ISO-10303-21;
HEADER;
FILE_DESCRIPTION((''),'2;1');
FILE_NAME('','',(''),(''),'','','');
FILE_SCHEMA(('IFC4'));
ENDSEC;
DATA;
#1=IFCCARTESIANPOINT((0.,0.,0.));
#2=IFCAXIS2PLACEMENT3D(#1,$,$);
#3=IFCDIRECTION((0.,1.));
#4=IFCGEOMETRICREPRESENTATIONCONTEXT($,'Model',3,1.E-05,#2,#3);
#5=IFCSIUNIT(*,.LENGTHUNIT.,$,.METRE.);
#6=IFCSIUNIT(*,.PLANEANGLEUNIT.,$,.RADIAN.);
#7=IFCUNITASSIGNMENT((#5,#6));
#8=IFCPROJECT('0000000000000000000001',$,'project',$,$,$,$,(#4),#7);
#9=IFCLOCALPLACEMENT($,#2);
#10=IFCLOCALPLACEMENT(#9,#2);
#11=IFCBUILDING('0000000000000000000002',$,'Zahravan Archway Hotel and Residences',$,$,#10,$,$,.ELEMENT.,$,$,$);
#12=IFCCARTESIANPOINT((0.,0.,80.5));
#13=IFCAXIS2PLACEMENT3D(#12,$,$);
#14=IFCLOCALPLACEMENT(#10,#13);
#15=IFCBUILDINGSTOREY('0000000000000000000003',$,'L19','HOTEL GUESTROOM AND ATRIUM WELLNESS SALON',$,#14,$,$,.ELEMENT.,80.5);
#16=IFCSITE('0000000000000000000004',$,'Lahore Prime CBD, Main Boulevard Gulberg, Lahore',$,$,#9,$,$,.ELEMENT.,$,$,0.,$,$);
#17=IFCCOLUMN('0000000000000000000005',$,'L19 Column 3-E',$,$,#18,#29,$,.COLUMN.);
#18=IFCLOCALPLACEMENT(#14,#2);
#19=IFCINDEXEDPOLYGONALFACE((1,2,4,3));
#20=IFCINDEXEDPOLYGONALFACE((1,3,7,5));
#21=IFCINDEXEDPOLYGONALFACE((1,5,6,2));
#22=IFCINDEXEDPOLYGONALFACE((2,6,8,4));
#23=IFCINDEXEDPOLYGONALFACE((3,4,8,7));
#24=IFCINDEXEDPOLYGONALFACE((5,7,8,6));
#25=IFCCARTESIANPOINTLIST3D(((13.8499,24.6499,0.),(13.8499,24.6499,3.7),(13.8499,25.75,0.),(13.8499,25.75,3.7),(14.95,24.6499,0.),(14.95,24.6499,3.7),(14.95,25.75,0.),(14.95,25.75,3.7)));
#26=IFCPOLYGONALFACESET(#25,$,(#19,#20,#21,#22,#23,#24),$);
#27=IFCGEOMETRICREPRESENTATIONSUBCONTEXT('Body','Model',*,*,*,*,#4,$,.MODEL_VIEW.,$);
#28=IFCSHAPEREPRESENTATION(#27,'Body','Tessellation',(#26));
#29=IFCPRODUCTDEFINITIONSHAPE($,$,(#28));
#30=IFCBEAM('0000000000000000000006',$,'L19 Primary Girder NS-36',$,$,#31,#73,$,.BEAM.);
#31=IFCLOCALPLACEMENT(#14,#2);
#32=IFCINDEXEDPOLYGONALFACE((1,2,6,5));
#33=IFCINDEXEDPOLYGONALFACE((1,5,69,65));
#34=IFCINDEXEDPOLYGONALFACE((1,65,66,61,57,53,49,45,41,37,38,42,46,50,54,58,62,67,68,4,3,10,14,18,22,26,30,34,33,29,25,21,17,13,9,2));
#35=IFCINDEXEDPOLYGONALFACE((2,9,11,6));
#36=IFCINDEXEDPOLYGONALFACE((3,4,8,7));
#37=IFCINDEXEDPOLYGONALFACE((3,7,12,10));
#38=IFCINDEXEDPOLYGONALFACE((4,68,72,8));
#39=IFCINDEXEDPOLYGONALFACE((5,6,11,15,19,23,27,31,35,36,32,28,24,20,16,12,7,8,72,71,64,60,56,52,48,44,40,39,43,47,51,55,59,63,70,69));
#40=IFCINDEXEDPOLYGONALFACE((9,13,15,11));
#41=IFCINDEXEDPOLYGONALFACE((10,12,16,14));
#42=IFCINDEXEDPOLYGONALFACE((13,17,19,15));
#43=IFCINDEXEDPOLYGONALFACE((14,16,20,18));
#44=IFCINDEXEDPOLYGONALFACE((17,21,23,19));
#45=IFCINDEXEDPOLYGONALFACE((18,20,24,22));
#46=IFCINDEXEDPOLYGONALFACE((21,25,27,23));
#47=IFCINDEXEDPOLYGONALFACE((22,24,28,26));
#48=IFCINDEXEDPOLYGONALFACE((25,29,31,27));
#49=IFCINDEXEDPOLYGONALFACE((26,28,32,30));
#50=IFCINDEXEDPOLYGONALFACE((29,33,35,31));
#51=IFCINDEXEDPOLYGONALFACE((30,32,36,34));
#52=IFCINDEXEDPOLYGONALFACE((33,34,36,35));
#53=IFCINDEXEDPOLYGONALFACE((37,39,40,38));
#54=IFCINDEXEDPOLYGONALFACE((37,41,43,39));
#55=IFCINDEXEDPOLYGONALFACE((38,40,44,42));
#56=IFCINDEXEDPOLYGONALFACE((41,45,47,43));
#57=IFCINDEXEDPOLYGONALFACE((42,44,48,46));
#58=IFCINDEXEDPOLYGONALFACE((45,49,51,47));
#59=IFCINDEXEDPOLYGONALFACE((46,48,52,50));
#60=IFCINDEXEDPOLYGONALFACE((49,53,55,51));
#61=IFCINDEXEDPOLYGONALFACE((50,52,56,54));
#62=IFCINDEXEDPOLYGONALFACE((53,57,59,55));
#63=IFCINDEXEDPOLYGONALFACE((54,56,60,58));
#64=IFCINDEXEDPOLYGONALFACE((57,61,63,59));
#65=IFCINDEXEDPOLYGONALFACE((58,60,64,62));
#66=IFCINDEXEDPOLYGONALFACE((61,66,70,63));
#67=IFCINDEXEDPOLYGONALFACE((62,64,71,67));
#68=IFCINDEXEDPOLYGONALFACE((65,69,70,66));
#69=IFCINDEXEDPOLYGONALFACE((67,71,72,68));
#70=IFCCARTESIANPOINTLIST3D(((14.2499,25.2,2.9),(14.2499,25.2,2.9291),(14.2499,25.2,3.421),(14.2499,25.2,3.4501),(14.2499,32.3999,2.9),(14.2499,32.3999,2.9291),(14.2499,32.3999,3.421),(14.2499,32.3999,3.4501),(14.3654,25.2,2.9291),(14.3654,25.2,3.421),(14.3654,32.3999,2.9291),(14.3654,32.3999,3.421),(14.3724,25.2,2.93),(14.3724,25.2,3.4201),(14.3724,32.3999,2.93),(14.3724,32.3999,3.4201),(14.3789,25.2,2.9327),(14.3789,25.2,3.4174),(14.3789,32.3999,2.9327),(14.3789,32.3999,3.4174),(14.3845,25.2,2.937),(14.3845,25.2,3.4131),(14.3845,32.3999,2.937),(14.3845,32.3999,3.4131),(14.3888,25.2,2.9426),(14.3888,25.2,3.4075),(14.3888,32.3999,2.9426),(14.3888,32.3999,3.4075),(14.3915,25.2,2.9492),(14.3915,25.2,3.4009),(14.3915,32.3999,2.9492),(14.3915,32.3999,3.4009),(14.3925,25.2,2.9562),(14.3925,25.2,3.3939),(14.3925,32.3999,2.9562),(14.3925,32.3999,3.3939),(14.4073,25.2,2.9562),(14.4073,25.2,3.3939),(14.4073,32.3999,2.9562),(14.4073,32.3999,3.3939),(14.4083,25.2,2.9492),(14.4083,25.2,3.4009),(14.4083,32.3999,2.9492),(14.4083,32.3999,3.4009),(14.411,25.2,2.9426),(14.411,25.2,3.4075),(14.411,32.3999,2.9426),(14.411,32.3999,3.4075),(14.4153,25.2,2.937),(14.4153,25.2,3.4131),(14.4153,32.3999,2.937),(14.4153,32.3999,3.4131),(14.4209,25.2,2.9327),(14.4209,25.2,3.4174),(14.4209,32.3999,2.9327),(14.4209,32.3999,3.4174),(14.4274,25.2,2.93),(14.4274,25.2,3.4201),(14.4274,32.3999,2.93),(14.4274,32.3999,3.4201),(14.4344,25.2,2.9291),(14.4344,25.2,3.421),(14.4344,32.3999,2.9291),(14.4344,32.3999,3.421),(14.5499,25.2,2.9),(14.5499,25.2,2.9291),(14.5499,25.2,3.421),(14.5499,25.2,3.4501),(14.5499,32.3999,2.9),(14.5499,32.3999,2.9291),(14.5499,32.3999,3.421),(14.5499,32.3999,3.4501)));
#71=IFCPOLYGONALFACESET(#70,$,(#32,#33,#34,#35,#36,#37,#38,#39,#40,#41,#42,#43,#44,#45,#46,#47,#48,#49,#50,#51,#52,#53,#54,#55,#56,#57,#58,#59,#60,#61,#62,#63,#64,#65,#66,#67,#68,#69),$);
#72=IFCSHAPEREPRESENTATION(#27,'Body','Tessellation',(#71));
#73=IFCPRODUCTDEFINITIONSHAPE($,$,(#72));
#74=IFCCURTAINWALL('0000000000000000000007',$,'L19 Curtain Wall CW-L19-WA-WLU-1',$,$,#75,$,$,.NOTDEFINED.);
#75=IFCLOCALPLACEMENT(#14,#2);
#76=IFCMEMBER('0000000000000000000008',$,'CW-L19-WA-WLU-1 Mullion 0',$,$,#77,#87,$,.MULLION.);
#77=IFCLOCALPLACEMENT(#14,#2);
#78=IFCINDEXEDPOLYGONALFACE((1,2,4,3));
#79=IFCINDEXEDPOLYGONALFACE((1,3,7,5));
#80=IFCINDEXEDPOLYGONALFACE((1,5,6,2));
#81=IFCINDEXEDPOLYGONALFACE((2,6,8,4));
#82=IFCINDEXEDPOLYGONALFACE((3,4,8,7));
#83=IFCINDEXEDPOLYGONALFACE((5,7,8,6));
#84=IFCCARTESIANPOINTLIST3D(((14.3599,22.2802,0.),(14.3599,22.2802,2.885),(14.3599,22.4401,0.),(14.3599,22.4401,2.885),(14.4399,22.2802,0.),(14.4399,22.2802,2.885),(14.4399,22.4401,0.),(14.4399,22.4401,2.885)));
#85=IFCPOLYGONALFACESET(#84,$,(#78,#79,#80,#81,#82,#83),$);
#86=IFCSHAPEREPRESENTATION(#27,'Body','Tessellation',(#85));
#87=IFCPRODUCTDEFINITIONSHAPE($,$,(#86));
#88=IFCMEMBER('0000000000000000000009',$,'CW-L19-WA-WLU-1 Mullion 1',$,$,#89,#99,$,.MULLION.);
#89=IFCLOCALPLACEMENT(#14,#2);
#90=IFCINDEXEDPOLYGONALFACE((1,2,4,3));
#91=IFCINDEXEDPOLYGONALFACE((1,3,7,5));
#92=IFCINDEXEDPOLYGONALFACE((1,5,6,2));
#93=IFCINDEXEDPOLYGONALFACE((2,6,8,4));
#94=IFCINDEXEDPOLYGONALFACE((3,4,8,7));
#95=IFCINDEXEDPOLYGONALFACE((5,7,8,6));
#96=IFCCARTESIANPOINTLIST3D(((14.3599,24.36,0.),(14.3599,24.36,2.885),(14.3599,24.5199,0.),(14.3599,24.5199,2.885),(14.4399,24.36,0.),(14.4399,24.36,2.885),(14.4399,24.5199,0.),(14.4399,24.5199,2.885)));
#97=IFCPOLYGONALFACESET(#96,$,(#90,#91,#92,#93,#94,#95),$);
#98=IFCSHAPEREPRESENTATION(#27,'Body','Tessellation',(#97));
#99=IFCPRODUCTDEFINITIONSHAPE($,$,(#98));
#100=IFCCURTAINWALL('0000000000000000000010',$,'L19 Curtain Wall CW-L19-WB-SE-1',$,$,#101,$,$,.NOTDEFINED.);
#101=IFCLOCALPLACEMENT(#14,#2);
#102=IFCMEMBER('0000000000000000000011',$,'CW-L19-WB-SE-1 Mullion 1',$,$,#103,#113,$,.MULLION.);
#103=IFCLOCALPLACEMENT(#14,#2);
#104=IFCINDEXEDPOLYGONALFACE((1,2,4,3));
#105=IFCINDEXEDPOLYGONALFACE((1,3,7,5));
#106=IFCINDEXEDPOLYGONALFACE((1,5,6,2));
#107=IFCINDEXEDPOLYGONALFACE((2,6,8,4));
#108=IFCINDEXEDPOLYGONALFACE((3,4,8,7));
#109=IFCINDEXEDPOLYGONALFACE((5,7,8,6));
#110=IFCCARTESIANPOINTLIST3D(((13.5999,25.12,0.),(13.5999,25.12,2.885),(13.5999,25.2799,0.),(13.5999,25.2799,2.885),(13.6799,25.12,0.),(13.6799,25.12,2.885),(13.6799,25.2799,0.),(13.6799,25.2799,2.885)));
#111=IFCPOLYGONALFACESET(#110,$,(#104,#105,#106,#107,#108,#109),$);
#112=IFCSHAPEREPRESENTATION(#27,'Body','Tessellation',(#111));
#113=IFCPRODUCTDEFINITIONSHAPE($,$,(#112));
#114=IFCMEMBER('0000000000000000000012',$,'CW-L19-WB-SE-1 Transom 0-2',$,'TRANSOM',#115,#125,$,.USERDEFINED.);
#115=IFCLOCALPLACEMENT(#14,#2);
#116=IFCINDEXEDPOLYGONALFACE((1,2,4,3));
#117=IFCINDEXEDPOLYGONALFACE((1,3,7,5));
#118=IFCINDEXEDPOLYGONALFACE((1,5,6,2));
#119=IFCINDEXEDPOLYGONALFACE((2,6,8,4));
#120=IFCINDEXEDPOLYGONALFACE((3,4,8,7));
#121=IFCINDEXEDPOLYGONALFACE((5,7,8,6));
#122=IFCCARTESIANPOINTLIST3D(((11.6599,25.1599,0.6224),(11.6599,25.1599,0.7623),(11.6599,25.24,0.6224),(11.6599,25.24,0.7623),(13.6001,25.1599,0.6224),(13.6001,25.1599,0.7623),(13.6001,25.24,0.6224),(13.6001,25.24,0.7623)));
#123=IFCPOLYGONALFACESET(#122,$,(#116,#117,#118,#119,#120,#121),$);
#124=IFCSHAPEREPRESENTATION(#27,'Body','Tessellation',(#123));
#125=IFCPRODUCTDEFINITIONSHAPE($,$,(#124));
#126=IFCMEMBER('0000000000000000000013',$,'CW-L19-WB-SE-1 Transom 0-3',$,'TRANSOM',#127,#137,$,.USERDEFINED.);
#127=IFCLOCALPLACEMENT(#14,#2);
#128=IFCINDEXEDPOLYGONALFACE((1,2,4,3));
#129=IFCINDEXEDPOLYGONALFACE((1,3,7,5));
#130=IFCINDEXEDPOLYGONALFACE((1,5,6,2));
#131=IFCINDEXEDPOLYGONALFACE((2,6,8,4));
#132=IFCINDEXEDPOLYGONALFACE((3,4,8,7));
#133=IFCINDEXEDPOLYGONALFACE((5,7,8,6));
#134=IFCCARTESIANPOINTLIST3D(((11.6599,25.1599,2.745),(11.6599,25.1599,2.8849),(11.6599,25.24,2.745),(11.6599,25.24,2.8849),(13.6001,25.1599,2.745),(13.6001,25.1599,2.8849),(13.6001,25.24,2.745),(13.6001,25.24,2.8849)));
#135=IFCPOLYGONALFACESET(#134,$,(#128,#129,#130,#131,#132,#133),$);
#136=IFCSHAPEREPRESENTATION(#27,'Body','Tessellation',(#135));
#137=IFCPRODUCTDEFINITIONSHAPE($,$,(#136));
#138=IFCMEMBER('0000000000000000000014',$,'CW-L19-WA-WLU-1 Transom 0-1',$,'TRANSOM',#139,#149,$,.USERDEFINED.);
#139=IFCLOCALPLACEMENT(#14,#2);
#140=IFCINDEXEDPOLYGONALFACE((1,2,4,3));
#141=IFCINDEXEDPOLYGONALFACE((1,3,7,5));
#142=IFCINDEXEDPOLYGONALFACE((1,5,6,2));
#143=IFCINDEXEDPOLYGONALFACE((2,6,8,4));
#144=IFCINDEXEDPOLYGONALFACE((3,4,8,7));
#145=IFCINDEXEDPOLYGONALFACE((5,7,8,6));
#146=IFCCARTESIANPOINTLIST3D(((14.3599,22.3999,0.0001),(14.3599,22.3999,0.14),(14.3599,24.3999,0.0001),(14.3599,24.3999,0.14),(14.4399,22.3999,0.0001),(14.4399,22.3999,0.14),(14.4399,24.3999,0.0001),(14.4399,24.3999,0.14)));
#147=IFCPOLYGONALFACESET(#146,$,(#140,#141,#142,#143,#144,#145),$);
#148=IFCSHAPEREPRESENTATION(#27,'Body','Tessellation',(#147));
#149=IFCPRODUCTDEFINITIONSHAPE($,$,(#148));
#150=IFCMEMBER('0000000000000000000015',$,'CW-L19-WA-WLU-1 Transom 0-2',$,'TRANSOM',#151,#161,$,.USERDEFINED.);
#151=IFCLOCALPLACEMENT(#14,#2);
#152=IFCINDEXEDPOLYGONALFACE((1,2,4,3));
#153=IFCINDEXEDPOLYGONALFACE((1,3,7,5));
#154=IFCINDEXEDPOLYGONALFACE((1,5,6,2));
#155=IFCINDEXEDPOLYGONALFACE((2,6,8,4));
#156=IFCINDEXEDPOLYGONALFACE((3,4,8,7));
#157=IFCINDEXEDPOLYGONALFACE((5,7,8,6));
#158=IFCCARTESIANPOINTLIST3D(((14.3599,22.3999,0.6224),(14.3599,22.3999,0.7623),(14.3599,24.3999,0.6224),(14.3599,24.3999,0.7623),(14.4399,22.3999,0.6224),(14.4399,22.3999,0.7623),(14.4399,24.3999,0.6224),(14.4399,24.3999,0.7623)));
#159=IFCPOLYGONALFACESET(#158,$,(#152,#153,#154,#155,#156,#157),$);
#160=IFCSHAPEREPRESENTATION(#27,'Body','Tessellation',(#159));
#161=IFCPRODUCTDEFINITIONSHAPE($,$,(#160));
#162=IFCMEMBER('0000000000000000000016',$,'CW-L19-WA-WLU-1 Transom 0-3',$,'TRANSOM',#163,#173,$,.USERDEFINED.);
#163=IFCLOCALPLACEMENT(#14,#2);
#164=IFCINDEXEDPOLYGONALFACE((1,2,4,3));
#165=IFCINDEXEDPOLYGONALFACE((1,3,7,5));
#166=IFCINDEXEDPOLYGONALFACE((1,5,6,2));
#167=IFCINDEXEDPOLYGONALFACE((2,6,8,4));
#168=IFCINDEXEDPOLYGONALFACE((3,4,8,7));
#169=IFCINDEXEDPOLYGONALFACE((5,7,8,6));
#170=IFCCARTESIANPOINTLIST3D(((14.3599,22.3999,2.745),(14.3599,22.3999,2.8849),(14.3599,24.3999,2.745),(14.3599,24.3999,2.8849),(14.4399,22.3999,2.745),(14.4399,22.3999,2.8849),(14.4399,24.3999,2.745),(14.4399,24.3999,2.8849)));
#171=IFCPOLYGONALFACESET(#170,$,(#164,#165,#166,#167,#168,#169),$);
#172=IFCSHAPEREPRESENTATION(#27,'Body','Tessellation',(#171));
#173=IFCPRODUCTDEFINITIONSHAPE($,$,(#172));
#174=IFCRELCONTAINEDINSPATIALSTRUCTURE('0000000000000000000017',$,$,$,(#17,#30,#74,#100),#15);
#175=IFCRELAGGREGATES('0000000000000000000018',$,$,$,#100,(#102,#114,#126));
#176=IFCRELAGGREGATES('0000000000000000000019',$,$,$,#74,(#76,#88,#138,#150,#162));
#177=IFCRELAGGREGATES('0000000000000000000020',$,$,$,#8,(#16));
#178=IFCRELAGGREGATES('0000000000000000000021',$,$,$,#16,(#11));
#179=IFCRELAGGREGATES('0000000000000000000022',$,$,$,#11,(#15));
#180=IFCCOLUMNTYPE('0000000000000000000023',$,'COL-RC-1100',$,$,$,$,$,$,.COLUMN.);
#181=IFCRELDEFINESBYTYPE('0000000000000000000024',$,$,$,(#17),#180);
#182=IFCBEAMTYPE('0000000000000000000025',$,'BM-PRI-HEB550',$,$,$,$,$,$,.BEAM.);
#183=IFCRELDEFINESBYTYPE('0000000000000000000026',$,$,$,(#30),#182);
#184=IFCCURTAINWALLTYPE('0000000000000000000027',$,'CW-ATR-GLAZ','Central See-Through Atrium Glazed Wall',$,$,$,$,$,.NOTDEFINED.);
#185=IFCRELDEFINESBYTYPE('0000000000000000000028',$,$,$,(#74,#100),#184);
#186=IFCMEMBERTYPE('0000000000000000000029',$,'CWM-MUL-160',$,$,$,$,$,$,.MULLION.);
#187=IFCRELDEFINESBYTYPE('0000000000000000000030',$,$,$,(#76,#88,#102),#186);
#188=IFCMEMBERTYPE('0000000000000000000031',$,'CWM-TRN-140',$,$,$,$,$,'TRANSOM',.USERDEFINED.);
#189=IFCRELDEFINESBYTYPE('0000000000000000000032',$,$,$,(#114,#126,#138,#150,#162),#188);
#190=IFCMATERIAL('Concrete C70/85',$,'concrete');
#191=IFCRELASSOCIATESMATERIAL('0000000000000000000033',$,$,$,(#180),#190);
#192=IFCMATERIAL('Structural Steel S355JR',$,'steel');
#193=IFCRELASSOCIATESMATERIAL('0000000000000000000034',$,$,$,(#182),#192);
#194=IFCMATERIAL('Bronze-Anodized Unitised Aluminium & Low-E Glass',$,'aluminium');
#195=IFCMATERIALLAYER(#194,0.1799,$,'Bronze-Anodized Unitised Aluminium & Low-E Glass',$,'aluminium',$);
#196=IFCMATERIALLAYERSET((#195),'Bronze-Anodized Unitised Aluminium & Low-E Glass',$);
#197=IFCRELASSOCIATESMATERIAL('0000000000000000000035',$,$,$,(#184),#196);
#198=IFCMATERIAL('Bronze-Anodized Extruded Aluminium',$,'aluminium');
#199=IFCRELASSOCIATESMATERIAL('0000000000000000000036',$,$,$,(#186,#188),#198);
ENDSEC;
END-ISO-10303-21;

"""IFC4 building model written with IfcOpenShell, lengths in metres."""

from ifc_helpers import new_model, si_unit, direction, frame, origin, origin_2d, place, context, subcontext, project, spatial, rectangle, i_section, extrude, source, transform, mapped, material, layer, layer_set, material_profile, profile_set, type_object, element, aggregate, save


model = new_model("IFC4")

# Units and contexts
model_context = context("Model", 3, precision=1e-05, world=origin(), true_north=direction((0.0, 1.0)))
body_context = subcontext(model_context, "Body", "Model", "MODEL_VIEW")
ifc_project = project(units=[si_unit("LENGTHUNIT", "METRE"), si_unit("PLANEANGLEUNIT", "RADIAN")], contexts=[model_context])

# Site, building, storey
site_placement = place(None, origin())
site = spatial("IfcSite", under=ifc_project, at=site_placement, Name="Lahore Prime CBD, Main Boulevard Gulberg, Lahore", CompositionType="ELEMENT", RefElevation=0.0)
building_placement = place(site_placement, origin())
building = spatial("IfcBuilding", under=site, at=building_placement, Name="Zahravan Archway Hotel and Residences", CompositionType="ELEMENT")
storey_placement = place(building_placement, frame((0.0, 0.0, 80.5)))
storey = spatial("IfcBuildingStorey", under=building, at=storey_placement, Name="L19", Description="HOTEL GUESTROOM AND ATRIUM WELLNESS SALON", CompositionType="ELEMENT", Elevation=80.5)

# Column
ifc_material_1 = material(Name="Concrete C70/85", Category="concrete")
ifc_material_profile_1 = material_profile(ifc_material_1, rectangle(XDim=1.1001, YDim=1.1001, at=origin_2d()), Name="RC 1100x1100", Category="concrete")
ifc_profile_set_1 = profile_set([ifc_material_profile_1], Name="Concrete C70/85")
column_type = type_object("IfcColumnType", Name="COL-RC-1100", PredefinedType="COLUMN", material=ifc_profile_set_1)
shared_shape_1 = source(origin(), body_context, "Body", "SweptSolid", [
    extrude(rectangle(XDim=1.1001, YDim=1.1001, at=origin_2d()), origin(), (0.0, 0.0, 1.0), 3.7),
])
column_placement = place(storey_placement, frame((14.3999, 25.2, 0.0), z_axis=(0.0, 0.0, 1.0), x_axis=(1.0, 0.0, 0.0)))
element("IfcColumn", 1, at=column_placement, inside=storey, type_object=column_type, Name="L19 Column 3-E", PredefinedType="COLUMN", context=body_context, shape_type="MappedRepresentation", body=[
    mapped(shared_shape_1, transform((0.0, 0.0, 0.0), scale=1.0)),
])

# Beam
ifc_material_2 = material(Name="Structural Steel S355JR", Category="steel")
ifc_material_profile_2 = material_profile(ifc_material_2, i_section(OverallWidth=0.3, OverallDepth=0.55, WebThickness=0.0149, FlangeThickness=0.0291, FilletRadius=0.0271, at=origin_2d()), Name="HEB 550", Category="steel")
ifc_profile_set_2 = profile_set([ifc_material_profile_2], Name="Structural Steel S355JR")
beam_type = type_object("IfcBeamType", Name="BM-PRI-HEB550", PredefinedType="BEAM", material=ifc_profile_set_2)
shared_shape_2 = source(origin(), body_context, "Body", "SweptSolid", [
    extrude(i_section(OverallWidth=0.3, OverallDepth=0.55, WebThickness=0.0149, FlangeThickness=0.0291, FilletRadius=0.0271, at=origin_2d()), origin(), (0.0, 0.0, 1.0), 7.2),
])
beam_placement = place(storey_placement, frame((14.3999, 25.2, 3.175), z_axis=(0.0, 1.0, 0.0), x_axis=(-1.0, 0.0, 0.0)))
element("IfcBeam", 2, at=beam_placement, inside=storey, type_object=beam_type, Name="L19 Primary Girder NS-36", PredefinedType="BEAM", context=body_context, shape_type="MappedRepresentation", body=[
    mapped(shared_shape_2, transform((0.0, 0.0, 0.0), scale=1.0)),
])

# Curtain walls, members
ifc_material_3 = material(Name="Bronze-Anodized Unitised Aluminium & Low-E Glass", Category="aluminium")
ifc_layer_1 = layer(ifc_material_3, 0.1799, Name="Bronze-Anodized Unitised Aluminium & Low-E Glass", Category="aluminium")
ifc_layer_set_1 = layer_set([ifc_layer_1], Name="Bronze-Anodized Unitised Aluminium & Low-E Glass")
curtain_wall_type = type_object("IfcCurtainWallType", Name="CW-ATR-GLAZ", Description="Central See-Through Atrium Glazed Wall", PredefinedType="NOTDEFINED", material=ifc_layer_set_1)
curtain_wall_1_placement = place(storey_placement, origin())
curtain_wall_1 = element("IfcCurtainWall", 3, at=curtain_wall_1_placement, inside=storey, type_object=curtain_wall_type, Name="L19 Curtain Wall CW-L19-WA-WLU-1", PredefinedType="NOTDEFINED")
ifc_material_4 = material(Name="Bronze-Anodized Extruded Aluminium", Category="aluminium")
ifc_material_profile_3 = material_profile(ifc_material_4, rectangle(XDim=0.0801, YDim=0.1599, at=origin_2d()), Name="MUL 80x160", Category="aluminium")
ifc_profile_set_3 = profile_set([ifc_material_profile_3], Name="Bronze-Anodized Extruded Aluminium")
member_type_1 = type_object("IfcMemberType", Name="CWM-MUL-160", PredefinedType="MULLION", material=ifc_profile_set_3)
shared_shape_3 = source(origin(), body_context, "Body", "SweptSolid", [
    extrude(rectangle(XDim=0.0801, YDim=0.1599, at=origin_2d()), origin(), (0.0, 0.0, 1.0), 2.885),
])
member_1_placement = place(storey_placement, frame((14.3999, 22.3601, 0.0), z_axis=(0.0, 0.0, 1.0), x_axis=(1.0, 0.0, 0.0)))
member_1 = element("IfcMember", 4, at=member_1_placement, type_object=member_type_1, Name="CW-L19-WA-WLU-1 Mullion 0", PredefinedType="MULLION", context=body_context, shape_type="MappedRepresentation", body=[
    mapped(shared_shape_3, transform((0.0, 0.0, 0.0), scale=1.0)),
])
member_2_placement = place(storey_placement, frame((14.3999, 24.4399, 0.0), z_axis=(0.0, 0.0, 1.0), x_axis=(1.0, 0.0, 0.0)))
member_2 = element("IfcMember", 5, at=member_2_placement, type_object=member_type_1, Name="CW-L19-WA-WLU-1 Mullion 1", PredefinedType="MULLION", context=body_context, shape_type="MappedRepresentation", body=[
    mapped(shared_shape_3, transform((0.0, 0.0, 0.0), scale=1.0)),
])
curtain_wall_2_placement = place(storey_placement, origin())
curtain_wall_2 = element("IfcCurtainWall", 6, at=curtain_wall_2_placement, inside=storey, type_object=curtain_wall_type, Name="L19 Curtain Wall CW-L19-WB-SE-1", PredefinedType="NOTDEFINED")
member_3_placement = place(storey_placement, frame((13.6399, 25.2, 0.0), z_axis=(0.0, 0.0, 1.0), x_axis=(1.0, 0.0, 0.0)))
member_3 = element("IfcMember", 7, at=member_3_placement, type_object=member_type_1, Name="CW-L19-WB-SE-1 Mullion 1", PredefinedType="MULLION", context=body_context, shape_type="MappedRepresentation", body=[
    mapped(shared_shape_3, transform((0.0, 0.0, 0.0), scale=1.0)),
])
ifc_material_profile_4 = material_profile(ifc_material_4, rectangle(XDim=0.0801, YDim=0.1399, at=origin_2d()), Name="TRN 80x140", Category="aluminium")
ifc_profile_set_4 = profile_set([ifc_material_profile_4], Name="Bronze-Anodized Extruded Aluminium")
member_type_2 = type_object("IfcMemberType", Name="CWM-TRN-140", ElementType="TRANSOM", PredefinedType="USERDEFINED", material=ifc_profile_set_4)
shared_shape_4 = source(origin(), body_context, "Body", "SweptSolid", [
    extrude(rectangle(XDim=0.0801, YDim=0.1399, at=origin_2d()), origin(), (0.0, 0.0, 1.0), 1.9402),
])
member_4_placement = place(storey_placement, frame((11.6599, 25.2, 0.6924), z_axis=(1.0, 0.0, 0.0), x_axis=(0.0, 1.0, 0.0)))
member_4 = element("IfcMember", 8, at=member_4_placement, type_object=member_type_2, Name="CW-L19-WB-SE-1 Transom 0-2", ObjectType="TRANSOM", PredefinedType="USERDEFINED", context=body_context, shape_type="MappedRepresentation", body=[
    mapped(shared_shape_4, transform((0.0, 0.0, 0.0), scale=1.0)),
])
member_5_placement = place(storey_placement, frame((11.6599, 25.2, 2.8149), z_axis=(1.0, 0.0, 0.0), x_axis=(0.0, 1.0, 0.0)))
member_5 = element("IfcMember", 9, at=member_5_placement, type_object=member_type_2, Name="CW-L19-WB-SE-1 Transom 0-3", ObjectType="TRANSOM", PredefinedType="USERDEFINED", context=body_context, shape_type="MappedRepresentation", body=[
    mapped(shared_shape_4, transform((0.0, 0.0, 0.0), scale=1.0)),
])

# Members
shared_shape_5 = source(origin(), body_context, "Body", "SweptSolid", [
    extrude(rectangle(XDim=0.0801, YDim=0.1399, at=origin_2d()), origin(), (0.0, 0.0, 1.0), 2.0),
])
member_6_placement = place(storey_placement, frame((14.3999, 22.3999, 0.0701), z_axis=(0.0, 1.0, 0.0), x_axis=(-1.0, 0.0, 0.0)))
member_6 = element("IfcMember", 10, at=member_6_placement, type_object=member_type_2, Name="CW-L19-WA-WLU-1 Transom 0-1", ObjectType="TRANSOM", PredefinedType="USERDEFINED", context=body_context, shape_type="MappedRepresentation", body=[
    mapped(shared_shape_5, transform((0.0, 0.0, 0.0), scale=1.0)),
])
member_7_placement = place(storey_placement, frame((14.3999, 22.3999, 0.6924), z_axis=(0.0, 1.0, 0.0), x_axis=(-1.0, 0.0, 0.0)))
member_7 = element("IfcMember", 11, at=member_7_placement, type_object=member_type_2, Name="CW-L19-WA-WLU-1 Transom 0-2", ObjectType="TRANSOM", PredefinedType="USERDEFINED", context=body_context, shape_type="MappedRepresentation", body=[
    mapped(shared_shape_5, transform((0.0, 0.0, 0.0), scale=1.0)),
])
member_8_placement = place(storey_placement, frame((14.3999, 22.3999, 2.8149), z_axis=(0.0, 1.0, 0.0), x_axis=(-1.0, 0.0, 0.0)))
member_8 = element("IfcMember", 12, at=member_8_placement, type_object=member_type_2, Name="CW-L19-WA-WLU-1 Transom 0-3", ObjectType="TRANSOM", PredefinedType="USERDEFINED", context=body_context, shape_type="MappedRepresentation", body=[
    mapped(shared_shape_5, transform((0.0, 0.0, 0.0), scale=1.0)),
])

aggregate(curtain_wall_2, [member_3, member_4, member_5])
aggregate(curtain_wall_1, [member_1, member_2, member_6, member_7, member_8])

save(model, "model.ifc")
